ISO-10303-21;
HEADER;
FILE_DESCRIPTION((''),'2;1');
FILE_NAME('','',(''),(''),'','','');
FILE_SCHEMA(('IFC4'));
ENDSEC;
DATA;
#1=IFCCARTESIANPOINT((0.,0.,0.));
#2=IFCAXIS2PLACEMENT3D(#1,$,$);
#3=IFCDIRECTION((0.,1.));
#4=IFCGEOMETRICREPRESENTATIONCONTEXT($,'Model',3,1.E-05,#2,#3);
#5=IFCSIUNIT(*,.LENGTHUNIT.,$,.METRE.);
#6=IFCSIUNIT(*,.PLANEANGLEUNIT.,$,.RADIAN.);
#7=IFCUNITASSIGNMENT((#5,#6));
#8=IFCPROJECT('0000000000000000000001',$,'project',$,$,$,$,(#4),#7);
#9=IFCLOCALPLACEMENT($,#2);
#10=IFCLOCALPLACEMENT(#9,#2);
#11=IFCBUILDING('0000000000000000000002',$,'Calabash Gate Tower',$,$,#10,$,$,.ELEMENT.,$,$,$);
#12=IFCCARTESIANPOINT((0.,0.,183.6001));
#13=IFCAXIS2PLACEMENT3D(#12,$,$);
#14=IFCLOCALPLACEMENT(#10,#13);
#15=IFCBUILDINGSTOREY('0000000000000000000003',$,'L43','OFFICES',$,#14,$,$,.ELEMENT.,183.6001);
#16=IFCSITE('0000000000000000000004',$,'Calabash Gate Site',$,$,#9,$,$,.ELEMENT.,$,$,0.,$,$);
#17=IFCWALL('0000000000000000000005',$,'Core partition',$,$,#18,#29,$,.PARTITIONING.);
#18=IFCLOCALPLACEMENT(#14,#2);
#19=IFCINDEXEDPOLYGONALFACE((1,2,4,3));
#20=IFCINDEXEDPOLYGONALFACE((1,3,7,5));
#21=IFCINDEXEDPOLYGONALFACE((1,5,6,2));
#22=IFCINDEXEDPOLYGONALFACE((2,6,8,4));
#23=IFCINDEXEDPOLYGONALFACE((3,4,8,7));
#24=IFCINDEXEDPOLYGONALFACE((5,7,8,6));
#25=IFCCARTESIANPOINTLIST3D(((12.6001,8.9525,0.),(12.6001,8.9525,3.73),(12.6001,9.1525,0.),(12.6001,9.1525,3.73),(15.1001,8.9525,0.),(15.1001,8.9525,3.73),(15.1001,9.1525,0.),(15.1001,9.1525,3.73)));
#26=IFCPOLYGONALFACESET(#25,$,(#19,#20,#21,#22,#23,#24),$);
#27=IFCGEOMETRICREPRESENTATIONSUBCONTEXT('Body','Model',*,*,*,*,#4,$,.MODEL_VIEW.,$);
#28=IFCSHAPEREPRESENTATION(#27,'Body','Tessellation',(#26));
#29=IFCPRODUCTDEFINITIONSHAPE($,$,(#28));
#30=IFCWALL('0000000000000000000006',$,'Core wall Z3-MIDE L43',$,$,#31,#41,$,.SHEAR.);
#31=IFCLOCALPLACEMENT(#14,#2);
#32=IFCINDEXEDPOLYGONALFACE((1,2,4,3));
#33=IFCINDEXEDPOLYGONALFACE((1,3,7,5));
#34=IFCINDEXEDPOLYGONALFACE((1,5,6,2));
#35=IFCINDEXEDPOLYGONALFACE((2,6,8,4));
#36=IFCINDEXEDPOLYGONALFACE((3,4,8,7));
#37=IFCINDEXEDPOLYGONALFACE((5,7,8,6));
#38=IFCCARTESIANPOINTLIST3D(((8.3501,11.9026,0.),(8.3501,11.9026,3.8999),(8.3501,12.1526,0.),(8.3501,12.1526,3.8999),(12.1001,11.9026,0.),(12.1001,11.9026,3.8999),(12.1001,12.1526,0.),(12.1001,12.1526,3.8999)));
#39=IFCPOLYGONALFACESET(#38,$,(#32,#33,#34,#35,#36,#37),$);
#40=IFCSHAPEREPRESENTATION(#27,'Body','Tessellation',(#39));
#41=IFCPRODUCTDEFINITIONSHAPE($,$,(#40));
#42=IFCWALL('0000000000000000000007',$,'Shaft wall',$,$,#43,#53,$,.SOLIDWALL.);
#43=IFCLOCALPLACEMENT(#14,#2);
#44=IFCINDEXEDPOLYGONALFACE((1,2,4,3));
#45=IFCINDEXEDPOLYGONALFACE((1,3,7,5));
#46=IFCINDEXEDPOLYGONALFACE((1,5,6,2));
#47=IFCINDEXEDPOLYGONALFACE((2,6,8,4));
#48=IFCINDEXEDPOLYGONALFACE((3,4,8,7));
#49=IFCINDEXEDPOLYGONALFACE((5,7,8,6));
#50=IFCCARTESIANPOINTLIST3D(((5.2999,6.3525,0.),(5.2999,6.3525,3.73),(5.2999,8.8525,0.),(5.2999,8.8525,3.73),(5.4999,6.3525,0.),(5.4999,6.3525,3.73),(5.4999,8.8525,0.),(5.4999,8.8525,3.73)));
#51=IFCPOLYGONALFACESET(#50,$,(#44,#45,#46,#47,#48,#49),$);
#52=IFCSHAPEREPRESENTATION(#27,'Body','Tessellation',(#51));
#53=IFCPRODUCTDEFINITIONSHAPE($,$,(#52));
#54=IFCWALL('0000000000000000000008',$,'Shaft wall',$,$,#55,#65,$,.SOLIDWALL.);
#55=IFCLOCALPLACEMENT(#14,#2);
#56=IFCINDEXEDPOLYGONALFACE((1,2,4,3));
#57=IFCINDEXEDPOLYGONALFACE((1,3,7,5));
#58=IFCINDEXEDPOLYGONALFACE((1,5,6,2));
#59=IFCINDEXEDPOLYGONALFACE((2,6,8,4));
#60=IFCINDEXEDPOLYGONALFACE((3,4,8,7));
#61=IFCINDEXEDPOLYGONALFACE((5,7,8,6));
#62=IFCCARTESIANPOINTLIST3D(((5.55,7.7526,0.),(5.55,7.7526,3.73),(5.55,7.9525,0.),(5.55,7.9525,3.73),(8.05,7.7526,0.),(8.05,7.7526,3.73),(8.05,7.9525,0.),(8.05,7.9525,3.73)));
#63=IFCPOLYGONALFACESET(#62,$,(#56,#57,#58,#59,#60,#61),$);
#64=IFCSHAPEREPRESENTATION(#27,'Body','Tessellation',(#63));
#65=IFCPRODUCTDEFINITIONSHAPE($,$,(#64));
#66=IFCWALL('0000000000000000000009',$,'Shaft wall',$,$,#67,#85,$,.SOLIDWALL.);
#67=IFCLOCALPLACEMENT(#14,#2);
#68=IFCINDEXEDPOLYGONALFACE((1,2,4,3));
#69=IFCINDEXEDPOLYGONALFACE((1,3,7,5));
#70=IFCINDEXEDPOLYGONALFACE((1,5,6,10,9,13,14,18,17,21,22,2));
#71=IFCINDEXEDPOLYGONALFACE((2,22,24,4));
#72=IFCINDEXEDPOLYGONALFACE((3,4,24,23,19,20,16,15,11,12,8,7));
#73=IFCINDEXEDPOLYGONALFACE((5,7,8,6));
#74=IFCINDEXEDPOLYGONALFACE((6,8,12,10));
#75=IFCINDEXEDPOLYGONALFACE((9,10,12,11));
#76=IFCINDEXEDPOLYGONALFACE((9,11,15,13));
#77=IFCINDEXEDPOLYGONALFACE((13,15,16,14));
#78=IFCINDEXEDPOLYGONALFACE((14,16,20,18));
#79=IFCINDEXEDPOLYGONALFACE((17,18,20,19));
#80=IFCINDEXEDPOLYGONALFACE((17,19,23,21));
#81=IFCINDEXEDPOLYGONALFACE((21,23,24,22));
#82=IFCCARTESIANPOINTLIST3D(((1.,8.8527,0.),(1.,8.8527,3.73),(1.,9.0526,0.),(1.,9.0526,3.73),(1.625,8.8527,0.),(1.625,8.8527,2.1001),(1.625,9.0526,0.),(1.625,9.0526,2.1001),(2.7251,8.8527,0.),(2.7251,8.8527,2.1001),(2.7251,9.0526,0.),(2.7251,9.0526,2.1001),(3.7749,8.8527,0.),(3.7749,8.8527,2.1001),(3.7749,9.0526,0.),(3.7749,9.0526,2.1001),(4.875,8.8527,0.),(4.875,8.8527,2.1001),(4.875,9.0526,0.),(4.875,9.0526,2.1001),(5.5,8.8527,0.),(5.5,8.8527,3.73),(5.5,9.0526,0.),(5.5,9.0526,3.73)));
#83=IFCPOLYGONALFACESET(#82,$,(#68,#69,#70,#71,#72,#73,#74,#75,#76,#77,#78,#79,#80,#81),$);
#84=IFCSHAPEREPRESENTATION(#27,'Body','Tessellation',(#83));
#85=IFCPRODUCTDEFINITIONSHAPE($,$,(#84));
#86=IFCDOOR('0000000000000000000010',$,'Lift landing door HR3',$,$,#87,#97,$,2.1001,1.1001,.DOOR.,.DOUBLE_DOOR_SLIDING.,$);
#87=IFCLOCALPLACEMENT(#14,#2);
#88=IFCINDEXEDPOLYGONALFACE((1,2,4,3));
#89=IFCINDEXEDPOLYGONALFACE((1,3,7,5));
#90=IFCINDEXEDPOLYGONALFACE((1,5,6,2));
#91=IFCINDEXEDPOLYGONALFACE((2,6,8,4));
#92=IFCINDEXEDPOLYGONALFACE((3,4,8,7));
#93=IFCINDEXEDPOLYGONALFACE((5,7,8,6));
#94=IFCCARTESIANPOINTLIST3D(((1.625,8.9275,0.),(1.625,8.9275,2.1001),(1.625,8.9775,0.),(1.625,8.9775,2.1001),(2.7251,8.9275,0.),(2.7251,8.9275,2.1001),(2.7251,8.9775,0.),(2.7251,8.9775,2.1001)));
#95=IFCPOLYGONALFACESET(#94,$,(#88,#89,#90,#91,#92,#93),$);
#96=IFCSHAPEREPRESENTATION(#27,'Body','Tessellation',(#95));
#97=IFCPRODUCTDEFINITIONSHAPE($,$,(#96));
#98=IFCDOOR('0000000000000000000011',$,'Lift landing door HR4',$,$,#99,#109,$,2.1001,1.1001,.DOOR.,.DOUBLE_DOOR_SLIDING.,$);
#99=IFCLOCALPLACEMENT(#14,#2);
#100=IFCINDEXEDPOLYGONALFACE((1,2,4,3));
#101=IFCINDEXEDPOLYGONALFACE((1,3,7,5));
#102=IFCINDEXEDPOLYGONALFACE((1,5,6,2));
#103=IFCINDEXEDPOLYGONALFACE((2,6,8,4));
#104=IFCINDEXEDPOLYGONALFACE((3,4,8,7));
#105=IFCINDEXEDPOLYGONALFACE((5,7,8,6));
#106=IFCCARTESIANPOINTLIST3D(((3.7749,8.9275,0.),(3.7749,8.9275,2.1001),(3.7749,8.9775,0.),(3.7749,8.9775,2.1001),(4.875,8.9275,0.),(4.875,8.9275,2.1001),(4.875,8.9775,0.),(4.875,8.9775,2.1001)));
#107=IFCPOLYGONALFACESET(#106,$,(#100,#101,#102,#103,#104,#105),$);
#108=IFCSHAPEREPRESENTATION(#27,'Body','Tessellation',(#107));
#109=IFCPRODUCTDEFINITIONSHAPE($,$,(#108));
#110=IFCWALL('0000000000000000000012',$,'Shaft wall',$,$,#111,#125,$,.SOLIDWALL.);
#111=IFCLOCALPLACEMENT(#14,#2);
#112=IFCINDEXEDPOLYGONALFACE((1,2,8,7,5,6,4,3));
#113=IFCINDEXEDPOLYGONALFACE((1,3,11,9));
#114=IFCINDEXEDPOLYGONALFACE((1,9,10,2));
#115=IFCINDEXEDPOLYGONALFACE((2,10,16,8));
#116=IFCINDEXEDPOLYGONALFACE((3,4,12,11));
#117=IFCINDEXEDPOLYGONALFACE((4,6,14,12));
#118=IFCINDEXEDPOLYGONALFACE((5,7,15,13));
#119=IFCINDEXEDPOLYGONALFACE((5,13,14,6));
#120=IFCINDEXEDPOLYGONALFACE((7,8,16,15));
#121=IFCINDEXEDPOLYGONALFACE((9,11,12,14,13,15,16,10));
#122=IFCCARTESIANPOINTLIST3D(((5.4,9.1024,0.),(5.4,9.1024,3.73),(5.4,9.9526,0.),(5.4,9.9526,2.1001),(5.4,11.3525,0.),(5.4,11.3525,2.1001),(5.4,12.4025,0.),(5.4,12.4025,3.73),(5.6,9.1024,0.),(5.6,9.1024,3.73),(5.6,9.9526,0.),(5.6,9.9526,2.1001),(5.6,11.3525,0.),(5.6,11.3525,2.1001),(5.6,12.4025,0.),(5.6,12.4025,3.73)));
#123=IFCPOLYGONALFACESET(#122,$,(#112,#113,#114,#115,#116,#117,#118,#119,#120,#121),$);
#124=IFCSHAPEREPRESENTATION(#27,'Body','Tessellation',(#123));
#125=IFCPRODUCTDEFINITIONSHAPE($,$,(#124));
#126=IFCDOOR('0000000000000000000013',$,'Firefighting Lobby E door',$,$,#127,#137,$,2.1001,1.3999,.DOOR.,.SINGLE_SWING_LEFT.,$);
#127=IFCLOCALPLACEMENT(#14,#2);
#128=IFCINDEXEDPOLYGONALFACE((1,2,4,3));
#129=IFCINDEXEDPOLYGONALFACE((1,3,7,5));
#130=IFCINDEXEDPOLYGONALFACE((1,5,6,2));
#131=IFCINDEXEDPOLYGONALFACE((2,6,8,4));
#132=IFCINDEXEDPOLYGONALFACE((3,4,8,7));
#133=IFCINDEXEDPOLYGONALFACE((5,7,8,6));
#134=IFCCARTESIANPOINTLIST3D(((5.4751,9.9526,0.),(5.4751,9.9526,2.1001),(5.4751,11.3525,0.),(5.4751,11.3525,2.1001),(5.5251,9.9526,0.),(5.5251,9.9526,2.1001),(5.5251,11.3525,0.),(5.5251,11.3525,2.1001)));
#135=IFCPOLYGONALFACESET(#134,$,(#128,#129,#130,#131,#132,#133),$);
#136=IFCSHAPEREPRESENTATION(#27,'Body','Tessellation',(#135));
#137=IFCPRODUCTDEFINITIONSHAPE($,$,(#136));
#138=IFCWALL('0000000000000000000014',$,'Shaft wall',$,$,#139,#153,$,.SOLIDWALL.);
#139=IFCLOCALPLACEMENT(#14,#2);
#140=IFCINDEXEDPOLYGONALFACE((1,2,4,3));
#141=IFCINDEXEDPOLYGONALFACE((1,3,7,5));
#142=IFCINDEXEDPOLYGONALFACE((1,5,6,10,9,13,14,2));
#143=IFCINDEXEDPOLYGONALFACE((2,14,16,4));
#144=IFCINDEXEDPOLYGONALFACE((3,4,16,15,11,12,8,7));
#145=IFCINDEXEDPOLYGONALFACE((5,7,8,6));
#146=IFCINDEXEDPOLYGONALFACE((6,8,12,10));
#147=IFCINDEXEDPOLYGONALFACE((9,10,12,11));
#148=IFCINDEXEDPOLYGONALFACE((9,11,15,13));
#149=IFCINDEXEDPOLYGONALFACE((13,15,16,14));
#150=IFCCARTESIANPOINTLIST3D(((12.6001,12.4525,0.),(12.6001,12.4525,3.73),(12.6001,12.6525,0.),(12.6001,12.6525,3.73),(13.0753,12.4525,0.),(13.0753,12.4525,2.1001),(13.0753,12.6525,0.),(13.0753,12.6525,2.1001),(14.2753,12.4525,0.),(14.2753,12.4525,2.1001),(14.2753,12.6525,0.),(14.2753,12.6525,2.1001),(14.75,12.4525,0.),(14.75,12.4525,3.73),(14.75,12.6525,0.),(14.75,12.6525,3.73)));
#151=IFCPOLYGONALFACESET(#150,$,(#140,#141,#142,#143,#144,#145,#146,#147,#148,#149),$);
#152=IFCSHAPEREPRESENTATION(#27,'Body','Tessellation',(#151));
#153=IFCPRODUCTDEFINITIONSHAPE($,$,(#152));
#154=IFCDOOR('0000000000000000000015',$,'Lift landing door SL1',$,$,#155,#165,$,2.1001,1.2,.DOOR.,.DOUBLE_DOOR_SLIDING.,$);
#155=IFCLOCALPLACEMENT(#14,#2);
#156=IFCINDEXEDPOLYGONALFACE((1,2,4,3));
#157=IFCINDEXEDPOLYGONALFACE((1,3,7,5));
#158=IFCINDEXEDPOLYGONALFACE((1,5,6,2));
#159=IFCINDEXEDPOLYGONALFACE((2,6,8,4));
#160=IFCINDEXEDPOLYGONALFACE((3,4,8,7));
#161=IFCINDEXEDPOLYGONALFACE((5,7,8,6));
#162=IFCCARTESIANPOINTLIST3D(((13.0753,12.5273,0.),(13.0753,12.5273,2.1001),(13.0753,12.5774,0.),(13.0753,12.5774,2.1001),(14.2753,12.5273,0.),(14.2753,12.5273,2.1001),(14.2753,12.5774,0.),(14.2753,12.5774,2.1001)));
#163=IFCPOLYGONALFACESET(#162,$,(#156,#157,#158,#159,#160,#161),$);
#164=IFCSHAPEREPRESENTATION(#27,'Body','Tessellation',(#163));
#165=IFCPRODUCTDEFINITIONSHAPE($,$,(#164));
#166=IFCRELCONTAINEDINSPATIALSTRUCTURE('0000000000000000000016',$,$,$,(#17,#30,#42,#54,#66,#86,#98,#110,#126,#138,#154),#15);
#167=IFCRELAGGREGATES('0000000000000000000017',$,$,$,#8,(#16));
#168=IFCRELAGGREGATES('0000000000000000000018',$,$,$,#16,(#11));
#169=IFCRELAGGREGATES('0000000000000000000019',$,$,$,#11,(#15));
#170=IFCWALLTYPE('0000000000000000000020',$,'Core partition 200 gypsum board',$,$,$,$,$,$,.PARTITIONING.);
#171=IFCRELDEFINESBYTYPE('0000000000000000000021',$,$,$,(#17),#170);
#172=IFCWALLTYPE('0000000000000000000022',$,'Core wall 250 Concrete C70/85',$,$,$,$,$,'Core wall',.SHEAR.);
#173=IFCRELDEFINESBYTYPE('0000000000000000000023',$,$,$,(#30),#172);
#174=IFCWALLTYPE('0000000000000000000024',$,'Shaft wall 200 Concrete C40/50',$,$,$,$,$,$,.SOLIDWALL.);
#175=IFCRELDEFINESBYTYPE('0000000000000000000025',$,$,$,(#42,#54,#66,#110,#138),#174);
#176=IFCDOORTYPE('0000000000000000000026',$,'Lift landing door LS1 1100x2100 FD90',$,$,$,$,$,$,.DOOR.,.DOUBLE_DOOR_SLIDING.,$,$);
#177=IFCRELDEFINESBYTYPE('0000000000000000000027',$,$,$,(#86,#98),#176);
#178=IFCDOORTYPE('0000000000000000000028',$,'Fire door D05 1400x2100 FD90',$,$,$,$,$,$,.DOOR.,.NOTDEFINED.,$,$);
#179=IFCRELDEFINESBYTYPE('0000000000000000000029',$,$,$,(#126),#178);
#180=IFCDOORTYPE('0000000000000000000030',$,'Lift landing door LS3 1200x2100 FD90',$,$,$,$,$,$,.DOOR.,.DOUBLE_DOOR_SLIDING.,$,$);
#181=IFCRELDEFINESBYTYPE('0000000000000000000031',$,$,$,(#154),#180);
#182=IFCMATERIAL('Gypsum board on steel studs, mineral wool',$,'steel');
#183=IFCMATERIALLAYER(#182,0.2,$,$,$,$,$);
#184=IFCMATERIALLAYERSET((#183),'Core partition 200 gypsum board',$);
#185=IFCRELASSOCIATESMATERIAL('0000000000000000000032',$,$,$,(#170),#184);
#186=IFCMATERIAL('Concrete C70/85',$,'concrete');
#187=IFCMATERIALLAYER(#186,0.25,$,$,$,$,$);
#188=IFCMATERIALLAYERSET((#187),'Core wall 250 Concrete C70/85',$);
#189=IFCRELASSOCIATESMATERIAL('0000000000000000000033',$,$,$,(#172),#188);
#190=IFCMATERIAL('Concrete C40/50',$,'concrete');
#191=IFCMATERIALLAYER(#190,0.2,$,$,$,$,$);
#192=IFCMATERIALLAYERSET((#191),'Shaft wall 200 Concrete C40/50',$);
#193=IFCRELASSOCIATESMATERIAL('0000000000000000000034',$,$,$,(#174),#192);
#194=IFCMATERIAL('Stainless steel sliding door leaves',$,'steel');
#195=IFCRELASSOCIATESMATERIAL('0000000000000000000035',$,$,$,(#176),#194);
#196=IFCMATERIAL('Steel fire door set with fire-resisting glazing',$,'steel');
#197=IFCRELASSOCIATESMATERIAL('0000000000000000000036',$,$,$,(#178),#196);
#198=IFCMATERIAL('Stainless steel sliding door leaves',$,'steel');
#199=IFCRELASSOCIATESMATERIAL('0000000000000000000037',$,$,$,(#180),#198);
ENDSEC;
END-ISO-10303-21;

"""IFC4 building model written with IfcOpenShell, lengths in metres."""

from ifc_helpers import new_model, si_unit, direction, frame, frame_2d, origin, place, context, subcontext, project, spatial, rectangle, extrude, material, layer, layer_set, type_object, element, fill, save


model = new_model("IFC4")

# Units and contexts
model_context = context("Model", 3, precision=1e-05, world=origin(), true_north=direction((0.0, 1.0)))
body_context = subcontext(model_context, "Body", "Model", "MODEL_VIEW")
ifc_project = project(units=[si_unit("LENGTHUNIT", "METRE"), si_unit("PLANEANGLEUNIT", "RADIAN")], contexts=[model_context])

# Site, building, storey
site_placement = place(None, origin())
site = spatial("IfcSite", under=ifc_project, at=site_placement, Name="Calabash Gate Site", CompositionType="ELEMENT", RefElevation=0.0)
building_placement = place(site_placement, origin())
building = spatial("IfcBuilding", under=site, at=building_placement, Name="Calabash Gate Tower", CompositionType="ELEMENT")
storey_placement = place(building_placement, frame((0.0, 0.0, 183.6001)))
storey = spatial("IfcBuildingStorey", under=building, at=storey_placement, Name="L43", Description="OFFICES", CompositionType="ELEMENT", Elevation=183.6001)

# Walls
ifc_material_1 = material(Name="Gypsum board on steel studs, mineral wool", Category="steel")
ifc_layer_1 = layer(ifc_material_1, 0.2)
ifc_layer_set_1 = layer_set([ifc_layer_1], Name="Core partition 200 gypsum board")
wall_type_1 = type_object("IfcWallType", Name="Core partition 200 gypsum board", PredefinedType="PARTITIONING", material=ifc_layer_set_1)
wall_1_placement = place(storey_placement, frame((12.6001, 9.0525, 0.0), z_axis=(0.0, 0.0, 1.0), x_axis=(1.0, 0.0, 0.0)))
element("IfcWall", 1, at=wall_1_placement, inside=storey, type_object=wall_type_1, Name="Core partition", PredefinedType="PARTITIONING", context=body_context, shape_type="SweptSolid", body=[
    extrude(rectangle(XDim=2.5, YDim=0.2, at=frame_2d((1.25, 0.0))), origin(), (0.0, 0.0, 1.0), 3.73),
])
ifc_material_2 = material(Name="Concrete C70/85", Category="concrete")
ifc_layer_2 = layer(ifc_material_2, 0.25)
ifc_layer_set_2 = layer_set([ifc_layer_2], Name="Core wall 250 Concrete C70/85")
wall_type_2 = type_object("IfcWallType", Name="Core wall 250 Concrete C70/85", ElementType="Core wall", PredefinedType="SHEAR", material=ifc_layer_set_2)
wall_2_placement = place(storey_placement, frame((8.3501, 12.0276, 0.0), z_axis=(0.0, 0.0, 1.0), x_axis=(1.0, 0.0, 0.0)))
element("IfcWall", 2, at=wall_2_placement, inside=storey, type_object=wall_type_2, Name="Core wall Z3-MIDE L43", PredefinedType="SHEAR", context=body_context, shape_type="SweptSolid", body=[
    extrude(rectangle(XDim=3.75, YDim=0.25, at=frame_2d((1.875, 0.0))), origin(), (0.0, 0.0, 1.0), 3.8999),
])
ifc_material_3 = material(Name="Concrete C40/50", Category="concrete")
ifc_layer_3 = layer(ifc_material_3, 0.2)
ifc_layer_set_3 = layer_set([ifc_layer_3], Name="Shaft wall 200 Concrete C40/50")
wall_type_3 = type_object("IfcWallType", Name="Shaft wall 200 Concrete C40/50", PredefinedType="SOLIDWALL", material=ifc_layer_set_3)
for number, where, z_axis, x_axis, name in (
    (3, (5.3999, 6.3525, 0.0), (0.0, 0.0, 1.0), (0.0, 1.0, 0.0), "Shaft wall"),
    (4, (5.55, 7.8525, 0.0), (0.0, 0.0, 1.0), (1.0, 0.0, 0.0), "Shaft wall"),
):
    element("IfcWall", number, at=place(storey_placement, frame(where, z_axis=z_axis, x_axis=x_axis)), inside=storey, type_object=wall_type_3, Name=name, PredefinedType="SOLIDWALL", context=body_context, shape_type="SweptSolid", body=[
        extrude(rectangle(XDim=2.5, YDim=0.2, at=frame_2d((1.25, 0.0))), origin(), (0.0, 0.0, 1.0), 3.73),
    ])

# Wall, openings, doors
wall_3_placement = place(storey_placement, frame((1.0, 8.9526, 0.0), z_axis=(0.0, 0.0, 1.0), x_axis=(1.0, 0.0, 0.0)))
wall_3 = element("IfcWall", 5, at=wall_3_placement, inside=storey, type_object=wall_type_3, Name="Shaft wall", PredefinedType="SOLIDWALL", context=body_context, shape_type="SweptSolid", body=[
    extrude(rectangle(XDim=4.5, YDim=0.2, at=frame_2d((2.25, 0.0))), origin(), (0.0, 0.0, 1.0), 3.73),
])
opening_1_placement = place(wall_3_placement, frame((0.625, 0.0, 0.0)))
opening_1 = element("IfcOpeningElement", 6, at=opening_1_placement, cuts=wall_3, PredefinedType="OPENING", context=body_context, shape_type="SweptSolid", body=[
    extrude(rectangle(XDim=1.1001, YDim=2.1001, at=frame_2d((0.55, 1.05))), frame((0.0, 0.1099, 0.0), z_axis=(0.0, -1.0, 0.0), x_axis=(1.0, 0.0, 0.0)), (0.0, 0.0, 1.0), 0.22),
])
opening_2_placement = place(wall_3_placement, frame((2.7749, 0.0, 0.0)))
opening_2 = element("IfcOpeningElement", 7, at=opening_2_placement, cuts=wall_3, PredefinedType="OPENING", context=body_context, shape_type="SweptSolid", body=[
    extrude(rectangle(XDim=1.1001, YDim=2.1001, at=frame_2d((0.55, 1.05))), frame((0.0, 0.1099, 0.0), z_axis=(0.0, -1.0, 0.0), x_axis=(1.0, 0.0, 0.0)), (0.0, 0.0, 1.0), 0.22),
])
ifc_material_4 = material(Name="Stainless steel sliding door leaves", Category="steel")
door_type_1 = type_object("IfcDoorType", Name="Lift landing door LS1 1100x2100 FD90", OperationType="DOUBLE_DOOR_SLIDING", PredefinedType="DOOR", material=ifc_material_4)
door_1_placement = place(opening_1_placement, origin())
door_1 = element("IfcDoor", 8, at=door_1_placement, inside=storey, type_object=door_type_1, Name="Lift landing door HR3", OperationType="DOUBLE_DOOR_SLIDING", OverallHeight=2.1001, OverallWidth=1.1001, PredefinedType="DOOR", context=body_context, shape_type="SweptSolid", body=[
    extrude(rectangle(XDim=1.1001, YDim=2.1001, at=frame_2d((0.55, 1.05))), frame((0.0, 0.0249, 0.0), z_axis=(0.0, -1.0, 0.0), x_axis=(1.0, 0.0, 0.0)), (0.0, 0.0, 1.0), 0.05),
])
fill(opening_1, door_1)
door_2_placement = place(opening_2_placement, origin())
door_2 = element("IfcDoor", 9, at=door_2_placement, inside=storey, type_object=door_type_1, Name="Lift landing door HR4", OperationType="DOUBLE_DOOR_SLIDING", OverallHeight=2.1001, OverallWidth=1.1001, PredefinedType="DOOR", context=body_context, shape_type="SweptSolid", body=[
    extrude(rectangle(XDim=1.1001, YDim=2.1001, at=frame_2d((0.55, 1.05))), frame((0.0, 0.0249, 0.0), z_axis=(0.0, -1.0, 0.0), x_axis=(1.0, 0.0, 0.0)), (0.0, 0.0, 1.0), 0.05),
])
fill(opening_2, door_2)

# Walls, openings, doors
wall_4_placement = place(storey_placement, frame((5.5, 9.1025, 0.0), z_axis=(0.0, 0.0, 1.0), x_axis=(0.0, 1.0, 0.0)))
wall_4 = element("IfcWall", 10, at=wall_4_placement, inside=storey, type_object=wall_type_3, Name="Shaft wall", PredefinedType="SOLIDWALL", context=body_context, shape_type="SweptSolid", body=[
    extrude(rectangle(XDim=3.3, YDim=0.2, at=frame_2d((1.6499, 0.0))), origin(), (0.0, 0.0, 1.0), 3.73),
])
opening_3_placement = place(wall_4_placement, frame((0.8501, 0.0, 0.0)))
opening_3 = element("IfcOpeningElement", 11, at=opening_3_placement, cuts=wall_4, PredefinedType="OPENING", context=body_context, shape_type="SweptSolid", body=[
    extrude(rectangle(XDim=1.3999, YDim=2.1001, at=frame_2d((0.7, 1.05))), frame((0.0, 0.1099, 0.0), z_axis=(0.0, -1.0, 0.0), x_axis=(1.0, 0.0, 0.0)), (0.0, 0.0, 1.0), 0.22),
])
ifc_material_5 = material(Name="Steel fire door set with fire-resisting glazing", Category="steel")
door_type_2 = type_object("IfcDoorType", Name="Fire door D05 1400x2100 FD90", OperationType="NOTDEFINED", PredefinedType="DOOR", material=ifc_material_5)
door_3_placement = place(opening_3_placement, origin())
door_3 = element("IfcDoor", 12, at=door_3_placement, inside=storey, type_object=door_type_2, Name="Firefighting Lobby E door", OperationType="SINGLE_SWING_LEFT", OverallHeight=2.1001, OverallWidth=1.3999, PredefinedType="DOOR", context=body_context, shape_type="SweptSolid", body=[
    extrude(rectangle(XDim=1.3999, YDim=2.1001, at=frame_2d((0.7, 1.05))), frame((0.0, 0.0249, 0.0), z_axis=(0.0, -1.0, 0.0), x_axis=(1.0, 0.0, 0.0)), (0.0, 0.0, 1.0), 0.05),
])
fill(opening_3, door_3)
wall_5_placement = place(storey_placement, frame((12.6001, 12.5525, 0.0), z_axis=(0.0, 0.0, 1.0), x_axis=(1.0, 0.0, 0.0)))
wall_5 = element("IfcWall", 13, at=wall_5_placement, inside=storey, type_object=wall_type_3, Name="Shaft wall", PredefinedType="SOLIDWALL", context=body_context, shape_type="SweptSolid", body=[
    extrude(rectangle(XDim=2.1499, YDim=0.2, at=frame_2d((1.075, 0.0))), origin(), (0.0, 0.0, 1.0), 3.73),
])
opening_4_placement = place(wall_5_placement, frame((0.4751, 0.0, 0.0)))
opening_4 = element("IfcOpeningElement", 14, at=opening_4_placement, cuts=wall_5, PredefinedType="OPENING", context=body_context, shape_type="SweptSolid", body=[
    extrude(rectangle(XDim=1.2, YDim=2.1001, at=frame_2d((0.6001, 1.05))), frame((0.0, 0.1099, 0.0), z_axis=(0.0, -1.0, 0.0), x_axis=(1.0, 0.0, 0.0)), (0.0, 0.0, 1.0), 0.22),
])
ifc_material_6 = material(Name="Stainless steel sliding door leaves", Category="steel")
door_type_3 = type_object("IfcDoorType", Name="Lift landing door LS3 1200x2100 FD90", OperationType="DOUBLE_DOOR_SLIDING", PredefinedType="DOOR", material=ifc_material_6)
door_4_placement = place(opening_4_placement, origin())
door_4 = element("IfcDoor", 15, at=door_4_placement, inside=storey, type_object=door_type_3, Name="Lift landing door SL1", OperationType="DOUBLE_DOOR_SLIDING", OverallHeight=2.1001, OverallWidth=1.2, PredefinedType="DOOR", context=body_context, shape_type="SweptSolid", body=[
    extrude(rectangle(XDim=1.2, YDim=2.1001, at=frame_2d((0.6001, 1.05))), frame((0.0, 0.0249, 0.0), z_axis=(0.0, -1.0, 0.0), x_axis=(1.0, 0.0, 0.0)), (0.0, 0.0, 1.0), 0.05),
])
fill(opening_4, door_4)

save(model, "model.ifc")
